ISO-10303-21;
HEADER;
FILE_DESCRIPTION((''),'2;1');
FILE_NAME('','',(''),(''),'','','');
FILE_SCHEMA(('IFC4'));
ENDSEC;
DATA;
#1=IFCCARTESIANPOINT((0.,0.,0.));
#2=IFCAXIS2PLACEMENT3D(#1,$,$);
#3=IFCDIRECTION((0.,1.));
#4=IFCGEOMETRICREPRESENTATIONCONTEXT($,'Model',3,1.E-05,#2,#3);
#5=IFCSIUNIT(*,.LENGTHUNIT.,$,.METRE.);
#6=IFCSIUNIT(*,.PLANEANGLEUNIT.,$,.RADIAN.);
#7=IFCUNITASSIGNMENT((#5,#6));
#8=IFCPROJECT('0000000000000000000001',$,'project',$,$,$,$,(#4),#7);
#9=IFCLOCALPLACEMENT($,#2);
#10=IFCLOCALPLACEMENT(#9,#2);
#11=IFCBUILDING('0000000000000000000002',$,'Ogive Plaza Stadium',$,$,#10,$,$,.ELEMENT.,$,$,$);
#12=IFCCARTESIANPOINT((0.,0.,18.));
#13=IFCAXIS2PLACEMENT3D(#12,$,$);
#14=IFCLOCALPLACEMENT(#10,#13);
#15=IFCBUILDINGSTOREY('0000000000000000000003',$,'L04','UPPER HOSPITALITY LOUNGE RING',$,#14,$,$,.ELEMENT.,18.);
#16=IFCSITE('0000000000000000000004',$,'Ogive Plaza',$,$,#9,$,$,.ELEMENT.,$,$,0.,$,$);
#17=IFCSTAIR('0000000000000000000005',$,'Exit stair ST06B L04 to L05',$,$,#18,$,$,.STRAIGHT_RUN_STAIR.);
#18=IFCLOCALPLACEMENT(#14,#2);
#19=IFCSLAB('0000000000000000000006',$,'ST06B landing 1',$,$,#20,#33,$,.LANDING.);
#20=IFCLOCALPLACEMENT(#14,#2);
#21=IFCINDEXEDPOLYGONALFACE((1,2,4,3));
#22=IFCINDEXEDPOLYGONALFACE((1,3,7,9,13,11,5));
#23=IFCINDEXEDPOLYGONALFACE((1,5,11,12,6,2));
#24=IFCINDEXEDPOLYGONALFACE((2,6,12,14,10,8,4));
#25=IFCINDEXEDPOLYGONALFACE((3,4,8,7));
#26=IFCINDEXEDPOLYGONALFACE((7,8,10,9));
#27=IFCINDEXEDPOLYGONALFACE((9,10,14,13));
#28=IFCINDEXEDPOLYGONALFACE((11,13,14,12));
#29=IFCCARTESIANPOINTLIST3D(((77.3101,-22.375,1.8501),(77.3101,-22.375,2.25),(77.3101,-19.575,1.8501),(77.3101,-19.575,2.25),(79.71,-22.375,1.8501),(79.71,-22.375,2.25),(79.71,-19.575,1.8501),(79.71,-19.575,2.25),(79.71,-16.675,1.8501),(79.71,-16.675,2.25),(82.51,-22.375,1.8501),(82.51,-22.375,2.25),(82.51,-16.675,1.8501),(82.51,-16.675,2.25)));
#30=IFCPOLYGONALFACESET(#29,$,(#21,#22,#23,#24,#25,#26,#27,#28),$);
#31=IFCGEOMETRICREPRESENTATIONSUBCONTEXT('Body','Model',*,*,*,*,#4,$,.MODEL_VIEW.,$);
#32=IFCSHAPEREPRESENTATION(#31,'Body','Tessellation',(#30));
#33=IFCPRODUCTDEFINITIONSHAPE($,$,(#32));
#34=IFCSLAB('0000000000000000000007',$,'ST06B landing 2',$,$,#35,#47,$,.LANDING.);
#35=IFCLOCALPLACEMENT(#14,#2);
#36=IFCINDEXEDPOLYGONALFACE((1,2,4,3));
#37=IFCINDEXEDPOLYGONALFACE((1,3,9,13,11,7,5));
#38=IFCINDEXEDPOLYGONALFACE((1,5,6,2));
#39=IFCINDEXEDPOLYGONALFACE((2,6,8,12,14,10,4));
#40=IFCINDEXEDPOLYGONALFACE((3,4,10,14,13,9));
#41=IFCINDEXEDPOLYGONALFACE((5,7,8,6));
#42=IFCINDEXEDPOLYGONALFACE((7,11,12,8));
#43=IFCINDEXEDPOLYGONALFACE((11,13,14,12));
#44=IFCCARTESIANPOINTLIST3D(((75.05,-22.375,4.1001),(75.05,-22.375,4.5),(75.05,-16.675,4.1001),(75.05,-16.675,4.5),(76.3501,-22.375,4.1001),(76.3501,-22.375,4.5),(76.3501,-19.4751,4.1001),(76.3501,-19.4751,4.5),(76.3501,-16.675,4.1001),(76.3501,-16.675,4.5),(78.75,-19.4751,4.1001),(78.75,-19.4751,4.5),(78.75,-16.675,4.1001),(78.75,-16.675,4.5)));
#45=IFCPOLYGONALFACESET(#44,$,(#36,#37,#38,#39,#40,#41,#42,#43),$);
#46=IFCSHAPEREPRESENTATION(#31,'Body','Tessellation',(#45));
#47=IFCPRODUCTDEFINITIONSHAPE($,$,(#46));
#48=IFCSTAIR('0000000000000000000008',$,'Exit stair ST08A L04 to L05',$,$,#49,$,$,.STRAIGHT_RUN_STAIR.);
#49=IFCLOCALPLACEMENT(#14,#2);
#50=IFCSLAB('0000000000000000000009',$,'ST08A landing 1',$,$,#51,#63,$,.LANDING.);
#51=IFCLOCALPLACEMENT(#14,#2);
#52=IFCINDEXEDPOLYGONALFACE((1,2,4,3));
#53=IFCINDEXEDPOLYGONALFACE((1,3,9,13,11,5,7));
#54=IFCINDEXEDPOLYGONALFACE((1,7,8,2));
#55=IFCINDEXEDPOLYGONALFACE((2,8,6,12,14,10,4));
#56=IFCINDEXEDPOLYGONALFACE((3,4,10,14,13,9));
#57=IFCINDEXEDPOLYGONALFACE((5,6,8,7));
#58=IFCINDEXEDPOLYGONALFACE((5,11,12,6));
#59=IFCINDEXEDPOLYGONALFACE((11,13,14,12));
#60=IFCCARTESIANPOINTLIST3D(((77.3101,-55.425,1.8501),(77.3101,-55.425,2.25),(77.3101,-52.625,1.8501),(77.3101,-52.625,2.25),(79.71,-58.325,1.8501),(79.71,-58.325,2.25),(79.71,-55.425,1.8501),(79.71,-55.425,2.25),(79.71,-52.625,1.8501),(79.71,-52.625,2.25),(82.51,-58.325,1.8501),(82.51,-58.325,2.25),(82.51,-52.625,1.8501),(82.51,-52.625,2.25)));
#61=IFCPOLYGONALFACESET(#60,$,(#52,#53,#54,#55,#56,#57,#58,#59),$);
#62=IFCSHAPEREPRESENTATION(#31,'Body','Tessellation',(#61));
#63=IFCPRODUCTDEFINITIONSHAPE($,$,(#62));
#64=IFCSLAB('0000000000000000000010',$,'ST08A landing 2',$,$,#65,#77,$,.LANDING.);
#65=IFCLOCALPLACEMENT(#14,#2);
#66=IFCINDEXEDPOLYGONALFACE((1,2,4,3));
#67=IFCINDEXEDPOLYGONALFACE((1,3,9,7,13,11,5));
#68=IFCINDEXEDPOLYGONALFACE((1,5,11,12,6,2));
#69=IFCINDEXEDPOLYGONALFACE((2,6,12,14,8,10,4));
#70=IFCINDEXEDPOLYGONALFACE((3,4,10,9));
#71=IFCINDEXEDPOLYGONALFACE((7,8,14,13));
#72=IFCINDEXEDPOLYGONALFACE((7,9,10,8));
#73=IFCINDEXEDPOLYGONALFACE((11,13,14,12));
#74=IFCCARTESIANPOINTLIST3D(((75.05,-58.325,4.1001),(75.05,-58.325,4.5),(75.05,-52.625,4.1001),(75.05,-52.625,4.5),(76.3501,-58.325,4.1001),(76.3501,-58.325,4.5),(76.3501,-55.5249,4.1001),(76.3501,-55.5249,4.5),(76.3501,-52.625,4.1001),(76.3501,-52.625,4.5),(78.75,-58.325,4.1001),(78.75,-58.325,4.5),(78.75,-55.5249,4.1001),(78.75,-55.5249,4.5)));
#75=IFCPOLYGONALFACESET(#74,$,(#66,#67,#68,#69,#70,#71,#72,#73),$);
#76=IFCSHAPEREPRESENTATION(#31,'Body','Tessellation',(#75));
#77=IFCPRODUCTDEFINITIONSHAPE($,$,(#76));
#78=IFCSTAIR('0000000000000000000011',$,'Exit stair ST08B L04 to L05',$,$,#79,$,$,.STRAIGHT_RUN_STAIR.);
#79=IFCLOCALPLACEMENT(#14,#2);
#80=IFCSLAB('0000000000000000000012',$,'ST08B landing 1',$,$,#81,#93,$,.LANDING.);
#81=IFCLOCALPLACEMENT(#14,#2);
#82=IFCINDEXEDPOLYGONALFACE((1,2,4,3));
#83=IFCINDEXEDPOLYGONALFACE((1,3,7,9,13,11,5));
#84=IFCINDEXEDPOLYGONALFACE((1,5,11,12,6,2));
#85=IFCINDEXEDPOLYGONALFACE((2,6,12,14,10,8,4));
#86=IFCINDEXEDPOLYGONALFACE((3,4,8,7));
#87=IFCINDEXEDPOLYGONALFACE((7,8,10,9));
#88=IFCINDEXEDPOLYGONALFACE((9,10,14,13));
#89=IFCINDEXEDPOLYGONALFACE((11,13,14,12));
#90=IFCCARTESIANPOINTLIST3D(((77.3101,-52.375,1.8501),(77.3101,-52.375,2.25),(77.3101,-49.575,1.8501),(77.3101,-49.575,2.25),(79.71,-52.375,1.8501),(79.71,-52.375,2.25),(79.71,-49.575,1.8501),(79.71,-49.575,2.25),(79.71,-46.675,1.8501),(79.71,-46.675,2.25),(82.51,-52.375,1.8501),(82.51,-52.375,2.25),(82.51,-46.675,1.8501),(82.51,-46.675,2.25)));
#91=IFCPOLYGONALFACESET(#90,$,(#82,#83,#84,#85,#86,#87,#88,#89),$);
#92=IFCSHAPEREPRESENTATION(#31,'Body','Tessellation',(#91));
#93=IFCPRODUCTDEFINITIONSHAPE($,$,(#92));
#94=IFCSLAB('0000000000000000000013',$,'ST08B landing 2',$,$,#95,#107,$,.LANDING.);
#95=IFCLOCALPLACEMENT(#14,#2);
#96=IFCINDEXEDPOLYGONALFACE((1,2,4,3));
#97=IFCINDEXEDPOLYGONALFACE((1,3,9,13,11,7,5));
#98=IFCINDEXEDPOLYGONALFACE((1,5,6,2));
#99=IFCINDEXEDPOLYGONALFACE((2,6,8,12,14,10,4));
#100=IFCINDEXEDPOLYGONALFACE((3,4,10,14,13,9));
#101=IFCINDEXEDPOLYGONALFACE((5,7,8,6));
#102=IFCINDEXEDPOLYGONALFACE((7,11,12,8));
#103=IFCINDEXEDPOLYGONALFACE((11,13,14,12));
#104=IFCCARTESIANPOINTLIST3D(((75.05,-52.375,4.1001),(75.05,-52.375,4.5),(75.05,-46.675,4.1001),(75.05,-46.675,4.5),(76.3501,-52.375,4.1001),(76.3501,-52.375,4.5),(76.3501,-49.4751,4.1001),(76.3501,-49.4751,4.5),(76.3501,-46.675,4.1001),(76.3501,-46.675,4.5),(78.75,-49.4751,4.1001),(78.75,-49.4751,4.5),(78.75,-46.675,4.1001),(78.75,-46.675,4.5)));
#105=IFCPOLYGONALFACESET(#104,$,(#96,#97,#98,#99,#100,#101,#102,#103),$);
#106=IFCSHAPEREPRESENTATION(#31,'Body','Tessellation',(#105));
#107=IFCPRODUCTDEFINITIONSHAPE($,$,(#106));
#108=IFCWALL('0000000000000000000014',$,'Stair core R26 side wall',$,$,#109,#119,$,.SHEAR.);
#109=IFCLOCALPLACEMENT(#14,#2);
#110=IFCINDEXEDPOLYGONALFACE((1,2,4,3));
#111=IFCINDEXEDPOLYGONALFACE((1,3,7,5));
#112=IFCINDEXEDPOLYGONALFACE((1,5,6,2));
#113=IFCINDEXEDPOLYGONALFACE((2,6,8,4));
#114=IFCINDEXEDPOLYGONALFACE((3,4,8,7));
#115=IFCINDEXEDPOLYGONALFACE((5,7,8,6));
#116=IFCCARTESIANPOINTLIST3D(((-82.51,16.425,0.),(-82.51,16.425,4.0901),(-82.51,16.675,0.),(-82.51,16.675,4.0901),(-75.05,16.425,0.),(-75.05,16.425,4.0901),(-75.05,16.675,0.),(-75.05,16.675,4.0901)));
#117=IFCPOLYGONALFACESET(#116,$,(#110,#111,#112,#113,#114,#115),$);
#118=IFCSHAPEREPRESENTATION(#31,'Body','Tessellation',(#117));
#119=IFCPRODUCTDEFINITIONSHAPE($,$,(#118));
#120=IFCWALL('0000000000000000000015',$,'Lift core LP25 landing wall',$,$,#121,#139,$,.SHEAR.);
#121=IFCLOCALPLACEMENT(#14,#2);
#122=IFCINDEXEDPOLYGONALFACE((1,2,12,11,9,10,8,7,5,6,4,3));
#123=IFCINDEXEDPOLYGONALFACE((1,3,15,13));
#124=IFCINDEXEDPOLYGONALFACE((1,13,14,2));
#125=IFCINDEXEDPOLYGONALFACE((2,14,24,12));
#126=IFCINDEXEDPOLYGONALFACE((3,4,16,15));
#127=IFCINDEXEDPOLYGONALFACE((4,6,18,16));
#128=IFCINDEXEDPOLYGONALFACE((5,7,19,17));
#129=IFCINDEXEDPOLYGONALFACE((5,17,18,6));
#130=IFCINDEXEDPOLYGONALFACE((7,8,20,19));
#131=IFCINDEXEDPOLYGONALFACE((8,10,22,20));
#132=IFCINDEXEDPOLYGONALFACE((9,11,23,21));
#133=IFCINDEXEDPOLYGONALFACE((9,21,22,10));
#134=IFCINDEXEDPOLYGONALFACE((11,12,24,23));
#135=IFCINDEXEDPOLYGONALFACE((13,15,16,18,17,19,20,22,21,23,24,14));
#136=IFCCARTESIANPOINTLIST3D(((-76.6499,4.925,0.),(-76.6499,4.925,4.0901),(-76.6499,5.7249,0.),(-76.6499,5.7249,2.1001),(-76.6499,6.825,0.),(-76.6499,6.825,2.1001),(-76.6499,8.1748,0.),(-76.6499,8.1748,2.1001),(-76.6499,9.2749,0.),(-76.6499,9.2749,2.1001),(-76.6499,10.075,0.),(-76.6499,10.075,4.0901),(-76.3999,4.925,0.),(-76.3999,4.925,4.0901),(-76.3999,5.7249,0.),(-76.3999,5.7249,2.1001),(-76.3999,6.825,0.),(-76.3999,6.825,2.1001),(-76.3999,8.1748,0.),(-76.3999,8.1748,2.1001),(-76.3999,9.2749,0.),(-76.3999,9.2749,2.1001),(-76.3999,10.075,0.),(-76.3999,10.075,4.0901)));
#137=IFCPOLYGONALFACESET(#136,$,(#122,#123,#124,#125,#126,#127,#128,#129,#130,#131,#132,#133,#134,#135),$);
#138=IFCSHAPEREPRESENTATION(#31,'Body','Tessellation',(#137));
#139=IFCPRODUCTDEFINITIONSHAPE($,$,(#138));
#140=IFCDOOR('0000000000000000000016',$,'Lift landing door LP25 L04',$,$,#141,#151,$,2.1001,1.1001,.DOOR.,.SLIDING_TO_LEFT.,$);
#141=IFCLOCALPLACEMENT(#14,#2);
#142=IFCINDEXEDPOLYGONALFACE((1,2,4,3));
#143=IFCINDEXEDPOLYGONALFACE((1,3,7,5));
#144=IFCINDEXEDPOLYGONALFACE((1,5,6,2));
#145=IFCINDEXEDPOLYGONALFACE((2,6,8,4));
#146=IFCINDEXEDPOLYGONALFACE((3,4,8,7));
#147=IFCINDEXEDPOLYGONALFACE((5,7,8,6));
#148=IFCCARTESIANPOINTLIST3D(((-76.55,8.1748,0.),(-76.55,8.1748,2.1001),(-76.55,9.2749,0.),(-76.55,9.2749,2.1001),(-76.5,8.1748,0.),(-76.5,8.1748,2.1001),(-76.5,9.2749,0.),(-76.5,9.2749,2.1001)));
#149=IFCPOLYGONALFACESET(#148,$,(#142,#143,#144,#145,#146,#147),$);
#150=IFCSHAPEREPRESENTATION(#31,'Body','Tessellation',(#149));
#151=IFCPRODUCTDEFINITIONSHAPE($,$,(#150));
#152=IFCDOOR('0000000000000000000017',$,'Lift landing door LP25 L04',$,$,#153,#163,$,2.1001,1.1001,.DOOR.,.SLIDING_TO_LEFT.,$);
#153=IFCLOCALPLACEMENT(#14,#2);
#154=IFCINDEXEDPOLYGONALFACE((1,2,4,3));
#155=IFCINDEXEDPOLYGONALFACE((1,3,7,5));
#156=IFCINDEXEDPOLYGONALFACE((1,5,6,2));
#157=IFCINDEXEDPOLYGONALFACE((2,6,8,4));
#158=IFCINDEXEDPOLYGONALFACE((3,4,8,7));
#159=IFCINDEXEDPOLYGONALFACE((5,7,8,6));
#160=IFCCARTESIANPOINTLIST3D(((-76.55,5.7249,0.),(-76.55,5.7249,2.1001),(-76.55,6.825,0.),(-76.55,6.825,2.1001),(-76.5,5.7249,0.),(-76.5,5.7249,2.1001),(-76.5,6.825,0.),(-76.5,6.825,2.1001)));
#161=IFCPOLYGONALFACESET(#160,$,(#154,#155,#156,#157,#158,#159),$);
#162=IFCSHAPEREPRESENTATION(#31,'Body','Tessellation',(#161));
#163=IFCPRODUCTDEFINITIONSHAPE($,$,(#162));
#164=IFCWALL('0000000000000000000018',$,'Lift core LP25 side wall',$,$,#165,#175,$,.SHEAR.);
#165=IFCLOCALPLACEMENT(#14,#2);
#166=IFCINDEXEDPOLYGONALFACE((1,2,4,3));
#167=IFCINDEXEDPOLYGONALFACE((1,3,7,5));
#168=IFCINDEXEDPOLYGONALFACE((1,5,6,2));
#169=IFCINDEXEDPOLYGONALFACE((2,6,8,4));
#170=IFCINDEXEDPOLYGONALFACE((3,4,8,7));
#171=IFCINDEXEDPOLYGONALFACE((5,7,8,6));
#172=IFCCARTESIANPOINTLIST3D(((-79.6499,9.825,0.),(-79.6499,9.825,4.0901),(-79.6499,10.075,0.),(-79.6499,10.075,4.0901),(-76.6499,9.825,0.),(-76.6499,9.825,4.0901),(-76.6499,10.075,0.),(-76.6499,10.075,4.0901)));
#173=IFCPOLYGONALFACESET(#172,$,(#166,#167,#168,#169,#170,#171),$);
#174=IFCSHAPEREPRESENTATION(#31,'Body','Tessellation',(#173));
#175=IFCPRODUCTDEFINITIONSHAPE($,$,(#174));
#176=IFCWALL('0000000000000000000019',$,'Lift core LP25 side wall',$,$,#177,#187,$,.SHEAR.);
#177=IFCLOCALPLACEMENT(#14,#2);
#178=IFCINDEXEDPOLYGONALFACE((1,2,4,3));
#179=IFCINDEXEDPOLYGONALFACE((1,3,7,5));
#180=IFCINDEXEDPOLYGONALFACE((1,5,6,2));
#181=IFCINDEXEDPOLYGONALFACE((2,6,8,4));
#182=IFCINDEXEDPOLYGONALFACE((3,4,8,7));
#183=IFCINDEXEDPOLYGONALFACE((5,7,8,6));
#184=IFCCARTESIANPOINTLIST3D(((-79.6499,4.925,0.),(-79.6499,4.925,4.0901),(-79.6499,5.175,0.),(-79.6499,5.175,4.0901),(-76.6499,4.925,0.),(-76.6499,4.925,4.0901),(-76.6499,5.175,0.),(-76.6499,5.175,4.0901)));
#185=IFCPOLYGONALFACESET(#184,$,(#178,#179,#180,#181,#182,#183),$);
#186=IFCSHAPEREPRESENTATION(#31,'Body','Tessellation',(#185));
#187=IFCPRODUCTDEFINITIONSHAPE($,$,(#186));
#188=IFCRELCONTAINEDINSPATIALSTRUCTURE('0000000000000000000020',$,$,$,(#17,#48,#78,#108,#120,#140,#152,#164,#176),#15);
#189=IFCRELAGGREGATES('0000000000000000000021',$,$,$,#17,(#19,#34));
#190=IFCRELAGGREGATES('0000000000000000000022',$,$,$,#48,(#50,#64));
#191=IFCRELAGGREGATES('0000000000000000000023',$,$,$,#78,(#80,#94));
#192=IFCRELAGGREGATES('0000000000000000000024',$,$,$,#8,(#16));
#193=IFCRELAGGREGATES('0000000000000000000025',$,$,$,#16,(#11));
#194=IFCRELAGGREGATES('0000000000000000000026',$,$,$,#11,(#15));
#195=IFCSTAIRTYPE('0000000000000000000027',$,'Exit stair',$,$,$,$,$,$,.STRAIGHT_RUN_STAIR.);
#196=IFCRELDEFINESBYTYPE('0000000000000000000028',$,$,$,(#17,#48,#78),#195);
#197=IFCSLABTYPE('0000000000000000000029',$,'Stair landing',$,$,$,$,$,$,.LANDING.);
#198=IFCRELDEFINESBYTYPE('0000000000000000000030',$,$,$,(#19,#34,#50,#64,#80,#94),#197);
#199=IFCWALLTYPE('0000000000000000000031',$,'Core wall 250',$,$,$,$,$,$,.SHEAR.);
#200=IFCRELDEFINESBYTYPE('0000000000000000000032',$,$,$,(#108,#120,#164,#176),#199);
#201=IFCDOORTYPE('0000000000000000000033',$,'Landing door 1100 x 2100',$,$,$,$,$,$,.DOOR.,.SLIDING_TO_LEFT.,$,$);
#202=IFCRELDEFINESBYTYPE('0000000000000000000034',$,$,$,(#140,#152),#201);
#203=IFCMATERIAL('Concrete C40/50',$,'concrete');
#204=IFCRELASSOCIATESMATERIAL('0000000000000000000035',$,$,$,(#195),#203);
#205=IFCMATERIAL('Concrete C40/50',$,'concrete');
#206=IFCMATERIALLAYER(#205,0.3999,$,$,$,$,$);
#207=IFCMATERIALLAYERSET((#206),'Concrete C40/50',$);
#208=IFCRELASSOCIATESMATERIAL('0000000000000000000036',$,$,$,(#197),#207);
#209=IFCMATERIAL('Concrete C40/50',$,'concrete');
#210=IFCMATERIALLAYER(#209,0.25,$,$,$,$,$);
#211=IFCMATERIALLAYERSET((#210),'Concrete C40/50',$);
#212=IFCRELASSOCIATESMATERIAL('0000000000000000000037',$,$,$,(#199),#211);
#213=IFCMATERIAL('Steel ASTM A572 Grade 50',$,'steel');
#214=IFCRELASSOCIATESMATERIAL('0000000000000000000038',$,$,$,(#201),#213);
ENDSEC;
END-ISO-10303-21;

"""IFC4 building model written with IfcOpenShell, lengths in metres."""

from ifc_helpers import new_model, si_unit, direction, frame, frame_2d, origin, place, context, subcontext, project, spatial, polyline, rectangle, outline, extrude, material, layer, layer_set, type_object, element, fill, aggregate, save


model = new_model("IFC4")

# Units and contexts
model_context = context("Model", 3, precision=1e-05, world=origin(), true_north=direction((0.0, 1.0)))
body_context = subcontext(model_context, "Body", "Model", "MODEL_VIEW")
ifc_project = project(units=[si_unit("LENGTHUNIT", "METRE"), si_unit("PLANEANGLEUNIT", "RADIAN")], contexts=[model_context])

# Site, building, storey
site_placement = place(None, origin())
site = spatial("IfcSite", under=ifc_project, at=site_placement, Name="Ogive Plaza", CompositionType="ELEMENT", RefElevation=0.0)
building_placement = place(site_placement, origin())
building = spatial("IfcBuilding", under=site, at=building_placement, Name="Ogive Plaza Stadium", CompositionType="ELEMENT")
storey_placement = place(building_placement, frame((0.0, 0.0, 18.0)))
storey = spatial("IfcBuildingStorey", under=building, at=storey_placement, Name="L04", Description="UPPER HOSPITALITY LOUNGE RING", CompositionType="ELEMENT", Elevation=18.0)

# Stairs, slabs
ifc_material_1 = material(Name="Concrete C40/50", Category="concrete")
stair_type = type_object("IfcStairType", Name="Exit stair", PredefinedType="STRAIGHT_RUN_STAIR", material=ifc_material_1)
ifc_material_2 = material(Name="Concrete C40/50", Category="concrete")
ifc_layer_1 = layer(ifc_material_2, 0.3999)
ifc_layer_set_1 = layer_set([ifc_layer_1], Name="Concrete C40/50")
slab_type = type_object("IfcSlabType", Name="Stair landing", PredefinedType="LANDING", material=ifc_layer_set_1)
stair_1_placement = place(storey_placement, origin())
stair_1 = element("IfcStair", 1, at=stair_1_placement, inside=storey, type_object=stair_type, Name="Exit stair ST06B L04 to L05", PredefinedType="STRAIGHT_RUN_STAIR")
slab_1_placement = place(storey_placement, frame((0.0, 0.0, 1.8501)))
slab_1 = element("IfcSlab", 2, at=slab_1_placement, type_object=slab_type, Name="ST06B landing 1", PredefinedType="LANDING", context=body_context, shape_type="SweptSolid", body=[
    extrude(outline(polyline([(77.3101, -22.375), (77.3101, -19.575), (79.71, -19.575), (79.71, -16.675), (82.51, -16.675), (82.51, -22.375), (79.71, -22.375), (77.3101, -22.375)])), origin(), (0.0, 0.0, 1.0), 0.3999),
])
slab_2_placement = place(storey_placement, frame((0.0, 0.0, 4.1001)))
slab_2 = element("IfcSlab", 3, at=slab_2_placement, type_object=slab_type, Name="ST06B landing 2", PredefinedType="LANDING", context=body_context, shape_type="SweptSolid", body=[
    extrude(outline(polyline([(76.3501, -22.375), (75.05, -22.375), (75.05, -16.675), (76.3501, -16.675), (78.75, -16.675), (78.75, -19.4751), (76.3501, -19.4751), (76.3501, -22.375)])), origin(), (0.0, 0.0, 1.0), 0.3999),
])
aggregate(stair_1, [slab_1, slab_2])
stair_2_placement = place(storey_placement, origin())
stair_2 = element("IfcStair", 4, at=stair_2_placement, inside=storey, type_object=stair_type, Name="Exit stair ST08A L04 to L05", PredefinedType="STRAIGHT_RUN_STAIR")
slab_3_placement = place(storey_placement, frame((0.0, 0.0, 1.8501)))
slab_3 = element("IfcSlab", 5, at=slab_3_placement, type_object=slab_type, Name="ST08A landing 1", PredefinedType="LANDING", context=body_context, shape_type="SweptSolid", body=[
    extrude(outline(polyline([(82.51, -52.625), (82.51, -58.325), (79.71, -58.325), (79.71, -55.425), (77.3101, -55.425), (77.3101, -52.625), (79.71, -52.625), (82.51, -52.625)])), origin(), (0.0, 0.0, 1.0), 0.3999),
])
slab_4_placement = place(storey_placement, frame((0.0, 0.0, 4.1001)))
slab_4 = element("IfcSlab", 6, at=slab_4_placement, type_object=slab_type, Name="ST08A landing 2", PredefinedType="LANDING", context=body_context, shape_type="SweptSolid", body=[
    extrude(outline(polyline([(78.75, -55.5249), (78.75, -58.325), (76.3501, -58.325), (75.05, -58.325), (75.05, -52.625), (76.3501, -52.625), (76.3501, -55.5249), (78.75, -55.5249)])), origin(), (0.0, 0.0, 1.0), 0.3999),
])
aggregate(stair_2, [slab_3, slab_4])
stair_3_placement = place(storey_placement, origin())
stair_3 = element("IfcStair", 7, at=stair_3_placement, inside=storey, type_object=stair_type, Name="Exit stair ST08B L04 to L05", PredefinedType="STRAIGHT_RUN_STAIR")
slab_5_placement = place(storey_placement, frame((0.0, 0.0, 1.8501)))
slab_5 = element("IfcSlab", 8, at=slab_5_placement, type_object=slab_type, Name="ST08B landing 1", PredefinedType="LANDING", context=body_context, shape_type="SweptSolid", body=[
    extrude(outline(polyline([(77.3101, -52.375), (77.3101, -49.575), (79.71, -49.575), (79.71, -46.675), (82.51, -46.675), (82.51, -52.375), (79.71, -52.375), (77.3101, -52.375)])), origin(), (0.0, 0.0, 1.0), 0.3999),
])
slab_6_placement = place(storey_placement, frame((0.0, 0.0, 4.1001)))
slab_6 = element("IfcSlab", 9, at=slab_6_placement, type_object=slab_type, Name="ST08B landing 2", PredefinedType="LANDING", context=body_context, shape_type="SweptSolid", body=[
    extrude(outline(polyline([(76.3501, -52.375), (75.05, -52.375), (75.05, -46.675), (76.3501, -46.675), (78.75, -46.675), (78.75, -49.4751), (76.3501, -49.4751), (76.3501, -52.375)])), origin(), (0.0, 0.0, 1.0), 0.3999),
])
aggregate(stair_3, [slab_5, slab_6])

# Wall
ifc_material_3 = material(Name="Concrete C40/50", Category="concrete")
ifc_layer_2 = layer(ifc_material_3, 0.25)
ifc_layer_set_2 = layer_set([ifc_layer_2], Name="Concrete C40/50")
wall_type = type_object("IfcWallType", Name="Core wall 250", PredefinedType="SHEAR", material=ifc_layer_set_2)
wall_1_placement = place(storey_placement, frame((-75.05, 16.55, 0.0), z_axis=(0.0, 0.0, 1.0), x_axis=(-1.0, 0.0, 0.0)))
element("IfcWall", 10, at=wall_1_placement, inside=storey, type_object=wall_type, Name="Stair core R26 side wall", PredefinedType="SHEAR", context=body_context, shape_type="SweptSolid", body=[
    extrude(rectangle(XDim=7.46, YDim=0.25, at=frame_2d((3.73, 0.0))), origin(), (0.0, 0.0, 1.0), 4.0901),
])

# Wall, openings, doors
wall_2_placement = place(storey_placement, frame((-76.5249, 10.075, 0.0), z_axis=(0.0, 0.0, 1.0), x_axis=(0.0, -1.0, 0.0)))
wall_2 = element("IfcWall", 11, at=wall_2_placement, inside=storey, type_object=wall_type, Name="Lift core LP25 landing wall", PredefinedType="SHEAR", context=body_context, shape_type="SweptSolid", body=[
    extrude(rectangle(XDim=5.1499, YDim=0.25, at=frame_2d((2.575, 0.0))), origin(), (0.0, 0.0, 1.0), 4.0901),
])
opening_1_placement = place(wall_2_placement, frame((0.8, 0.0, 0.0)))
opening_1 = element("IfcOpeningElement", 12, at=opening_1_placement, cuts=wall_2, PredefinedType="OPENING", context=body_context, shape_type="SweptSolid", body=[
    extrude(rectangle(XDim=1.1001, YDim=2.1001, at=frame_2d((0.55, 1.05))), frame((0.0, 0.125, 0.0), z_axis=(0.0, -1.0, 0.0), x_axis=(1.0, 0.0, 0.0)), (0.0, 0.0, 1.0), 0.25),
])
opening_2_placement = place(wall_2_placement, frame((3.25, 0.0, 0.0)))
opening_2 = element("IfcOpeningElement", 13, at=opening_2_placement, cuts=wall_2, PredefinedType="OPENING", context=body_context, shape_type="SweptSolid", body=[
    extrude(rectangle(XDim=1.1001, YDim=2.1001, at=frame_2d((0.55, 1.05))), frame((0.0, 0.125, 0.0), z_axis=(0.0, -1.0, 0.0), x_axis=(1.0, 0.0, 0.0)), (0.0, 0.0, 1.0), 0.25),
])
ifc_material_4 = material(Name="Steel ASTM A572 Grade 50", Category="steel")
door_type = type_object("IfcDoorType", Name="Landing door 1100 x 2100", OperationType="SLIDING_TO_LEFT", PredefinedType="DOOR", material=ifc_material_4)
door_1_placement = place(opening_1_placement, origin())
door_1 = element("IfcDoor", 14, at=door_1_placement, inside=storey, type_object=door_type, Name="Lift landing door LP25 L04", OperationType="SLIDING_TO_LEFT", OverallHeight=2.1001, OverallWidth=1.1001, PredefinedType="DOOR", context=body_context, shape_type="SweptSolid", body=[
    extrude(rectangle(XDim=1.1001, YDim=2.1001, at=frame_2d((0.55, 1.05))), frame((0.0, 0.0249, 0.0), z_axis=(0.0, -1.0, 0.0), x_axis=(1.0, 0.0, 0.0)), (0.0, 0.0, 1.0), 0.05),
])
fill(opening_1, door_1)
door_2_placement = place(opening_2_placement, origin())
door_2 = element("IfcDoor", 15, at=door_2_placement, inside=storey, type_object=door_type, Name="Lift landing door LP25 L04", OperationType="SLIDING_TO_LEFT", OverallHeight=2.1001, OverallWidth=1.1001, PredefinedType="DOOR", context=body_context, shape_type="SweptSolid", body=[
    extrude(rectangle(XDim=1.1001, YDim=2.1001, at=frame_2d((0.55, 1.05))), frame((0.0, 0.0249, 0.0), z_axis=(0.0, -1.0, 0.0), x_axis=(1.0, 0.0, 0.0)), (0.0, 0.0, 1.0), 0.05),
])
fill(opening_2, door_2)

# Walls
for number, where, z_axis, x_axis, name in (
    (16, (-76.6499, 9.95, 0.0), (0.0, 0.0, 1.0), (-1.0, 0.0, 0.0), "Lift core LP25 side wall"),
    (17, (-76.6499, 5.05, 0.0), (0.0, 0.0, 1.0), (-1.0, 0.0, 0.0), "Lift core LP25 side wall"),
):
    element("IfcWall", number, at=place(storey_placement, frame(where, z_axis=z_axis, x_axis=x_axis)), inside=storey, type_object=wall_type, Name=name, PredefinedType="SHEAR", context=body_context, shape_type="SweptSolid", body=[
        extrude(rectangle(XDim=3.0, YDim=0.25, at=frame_2d((1.5, 0.0))), origin(), (0.0, 0.0, 1.0), 4.0901),
    ])

save(model, "model.ifc")
